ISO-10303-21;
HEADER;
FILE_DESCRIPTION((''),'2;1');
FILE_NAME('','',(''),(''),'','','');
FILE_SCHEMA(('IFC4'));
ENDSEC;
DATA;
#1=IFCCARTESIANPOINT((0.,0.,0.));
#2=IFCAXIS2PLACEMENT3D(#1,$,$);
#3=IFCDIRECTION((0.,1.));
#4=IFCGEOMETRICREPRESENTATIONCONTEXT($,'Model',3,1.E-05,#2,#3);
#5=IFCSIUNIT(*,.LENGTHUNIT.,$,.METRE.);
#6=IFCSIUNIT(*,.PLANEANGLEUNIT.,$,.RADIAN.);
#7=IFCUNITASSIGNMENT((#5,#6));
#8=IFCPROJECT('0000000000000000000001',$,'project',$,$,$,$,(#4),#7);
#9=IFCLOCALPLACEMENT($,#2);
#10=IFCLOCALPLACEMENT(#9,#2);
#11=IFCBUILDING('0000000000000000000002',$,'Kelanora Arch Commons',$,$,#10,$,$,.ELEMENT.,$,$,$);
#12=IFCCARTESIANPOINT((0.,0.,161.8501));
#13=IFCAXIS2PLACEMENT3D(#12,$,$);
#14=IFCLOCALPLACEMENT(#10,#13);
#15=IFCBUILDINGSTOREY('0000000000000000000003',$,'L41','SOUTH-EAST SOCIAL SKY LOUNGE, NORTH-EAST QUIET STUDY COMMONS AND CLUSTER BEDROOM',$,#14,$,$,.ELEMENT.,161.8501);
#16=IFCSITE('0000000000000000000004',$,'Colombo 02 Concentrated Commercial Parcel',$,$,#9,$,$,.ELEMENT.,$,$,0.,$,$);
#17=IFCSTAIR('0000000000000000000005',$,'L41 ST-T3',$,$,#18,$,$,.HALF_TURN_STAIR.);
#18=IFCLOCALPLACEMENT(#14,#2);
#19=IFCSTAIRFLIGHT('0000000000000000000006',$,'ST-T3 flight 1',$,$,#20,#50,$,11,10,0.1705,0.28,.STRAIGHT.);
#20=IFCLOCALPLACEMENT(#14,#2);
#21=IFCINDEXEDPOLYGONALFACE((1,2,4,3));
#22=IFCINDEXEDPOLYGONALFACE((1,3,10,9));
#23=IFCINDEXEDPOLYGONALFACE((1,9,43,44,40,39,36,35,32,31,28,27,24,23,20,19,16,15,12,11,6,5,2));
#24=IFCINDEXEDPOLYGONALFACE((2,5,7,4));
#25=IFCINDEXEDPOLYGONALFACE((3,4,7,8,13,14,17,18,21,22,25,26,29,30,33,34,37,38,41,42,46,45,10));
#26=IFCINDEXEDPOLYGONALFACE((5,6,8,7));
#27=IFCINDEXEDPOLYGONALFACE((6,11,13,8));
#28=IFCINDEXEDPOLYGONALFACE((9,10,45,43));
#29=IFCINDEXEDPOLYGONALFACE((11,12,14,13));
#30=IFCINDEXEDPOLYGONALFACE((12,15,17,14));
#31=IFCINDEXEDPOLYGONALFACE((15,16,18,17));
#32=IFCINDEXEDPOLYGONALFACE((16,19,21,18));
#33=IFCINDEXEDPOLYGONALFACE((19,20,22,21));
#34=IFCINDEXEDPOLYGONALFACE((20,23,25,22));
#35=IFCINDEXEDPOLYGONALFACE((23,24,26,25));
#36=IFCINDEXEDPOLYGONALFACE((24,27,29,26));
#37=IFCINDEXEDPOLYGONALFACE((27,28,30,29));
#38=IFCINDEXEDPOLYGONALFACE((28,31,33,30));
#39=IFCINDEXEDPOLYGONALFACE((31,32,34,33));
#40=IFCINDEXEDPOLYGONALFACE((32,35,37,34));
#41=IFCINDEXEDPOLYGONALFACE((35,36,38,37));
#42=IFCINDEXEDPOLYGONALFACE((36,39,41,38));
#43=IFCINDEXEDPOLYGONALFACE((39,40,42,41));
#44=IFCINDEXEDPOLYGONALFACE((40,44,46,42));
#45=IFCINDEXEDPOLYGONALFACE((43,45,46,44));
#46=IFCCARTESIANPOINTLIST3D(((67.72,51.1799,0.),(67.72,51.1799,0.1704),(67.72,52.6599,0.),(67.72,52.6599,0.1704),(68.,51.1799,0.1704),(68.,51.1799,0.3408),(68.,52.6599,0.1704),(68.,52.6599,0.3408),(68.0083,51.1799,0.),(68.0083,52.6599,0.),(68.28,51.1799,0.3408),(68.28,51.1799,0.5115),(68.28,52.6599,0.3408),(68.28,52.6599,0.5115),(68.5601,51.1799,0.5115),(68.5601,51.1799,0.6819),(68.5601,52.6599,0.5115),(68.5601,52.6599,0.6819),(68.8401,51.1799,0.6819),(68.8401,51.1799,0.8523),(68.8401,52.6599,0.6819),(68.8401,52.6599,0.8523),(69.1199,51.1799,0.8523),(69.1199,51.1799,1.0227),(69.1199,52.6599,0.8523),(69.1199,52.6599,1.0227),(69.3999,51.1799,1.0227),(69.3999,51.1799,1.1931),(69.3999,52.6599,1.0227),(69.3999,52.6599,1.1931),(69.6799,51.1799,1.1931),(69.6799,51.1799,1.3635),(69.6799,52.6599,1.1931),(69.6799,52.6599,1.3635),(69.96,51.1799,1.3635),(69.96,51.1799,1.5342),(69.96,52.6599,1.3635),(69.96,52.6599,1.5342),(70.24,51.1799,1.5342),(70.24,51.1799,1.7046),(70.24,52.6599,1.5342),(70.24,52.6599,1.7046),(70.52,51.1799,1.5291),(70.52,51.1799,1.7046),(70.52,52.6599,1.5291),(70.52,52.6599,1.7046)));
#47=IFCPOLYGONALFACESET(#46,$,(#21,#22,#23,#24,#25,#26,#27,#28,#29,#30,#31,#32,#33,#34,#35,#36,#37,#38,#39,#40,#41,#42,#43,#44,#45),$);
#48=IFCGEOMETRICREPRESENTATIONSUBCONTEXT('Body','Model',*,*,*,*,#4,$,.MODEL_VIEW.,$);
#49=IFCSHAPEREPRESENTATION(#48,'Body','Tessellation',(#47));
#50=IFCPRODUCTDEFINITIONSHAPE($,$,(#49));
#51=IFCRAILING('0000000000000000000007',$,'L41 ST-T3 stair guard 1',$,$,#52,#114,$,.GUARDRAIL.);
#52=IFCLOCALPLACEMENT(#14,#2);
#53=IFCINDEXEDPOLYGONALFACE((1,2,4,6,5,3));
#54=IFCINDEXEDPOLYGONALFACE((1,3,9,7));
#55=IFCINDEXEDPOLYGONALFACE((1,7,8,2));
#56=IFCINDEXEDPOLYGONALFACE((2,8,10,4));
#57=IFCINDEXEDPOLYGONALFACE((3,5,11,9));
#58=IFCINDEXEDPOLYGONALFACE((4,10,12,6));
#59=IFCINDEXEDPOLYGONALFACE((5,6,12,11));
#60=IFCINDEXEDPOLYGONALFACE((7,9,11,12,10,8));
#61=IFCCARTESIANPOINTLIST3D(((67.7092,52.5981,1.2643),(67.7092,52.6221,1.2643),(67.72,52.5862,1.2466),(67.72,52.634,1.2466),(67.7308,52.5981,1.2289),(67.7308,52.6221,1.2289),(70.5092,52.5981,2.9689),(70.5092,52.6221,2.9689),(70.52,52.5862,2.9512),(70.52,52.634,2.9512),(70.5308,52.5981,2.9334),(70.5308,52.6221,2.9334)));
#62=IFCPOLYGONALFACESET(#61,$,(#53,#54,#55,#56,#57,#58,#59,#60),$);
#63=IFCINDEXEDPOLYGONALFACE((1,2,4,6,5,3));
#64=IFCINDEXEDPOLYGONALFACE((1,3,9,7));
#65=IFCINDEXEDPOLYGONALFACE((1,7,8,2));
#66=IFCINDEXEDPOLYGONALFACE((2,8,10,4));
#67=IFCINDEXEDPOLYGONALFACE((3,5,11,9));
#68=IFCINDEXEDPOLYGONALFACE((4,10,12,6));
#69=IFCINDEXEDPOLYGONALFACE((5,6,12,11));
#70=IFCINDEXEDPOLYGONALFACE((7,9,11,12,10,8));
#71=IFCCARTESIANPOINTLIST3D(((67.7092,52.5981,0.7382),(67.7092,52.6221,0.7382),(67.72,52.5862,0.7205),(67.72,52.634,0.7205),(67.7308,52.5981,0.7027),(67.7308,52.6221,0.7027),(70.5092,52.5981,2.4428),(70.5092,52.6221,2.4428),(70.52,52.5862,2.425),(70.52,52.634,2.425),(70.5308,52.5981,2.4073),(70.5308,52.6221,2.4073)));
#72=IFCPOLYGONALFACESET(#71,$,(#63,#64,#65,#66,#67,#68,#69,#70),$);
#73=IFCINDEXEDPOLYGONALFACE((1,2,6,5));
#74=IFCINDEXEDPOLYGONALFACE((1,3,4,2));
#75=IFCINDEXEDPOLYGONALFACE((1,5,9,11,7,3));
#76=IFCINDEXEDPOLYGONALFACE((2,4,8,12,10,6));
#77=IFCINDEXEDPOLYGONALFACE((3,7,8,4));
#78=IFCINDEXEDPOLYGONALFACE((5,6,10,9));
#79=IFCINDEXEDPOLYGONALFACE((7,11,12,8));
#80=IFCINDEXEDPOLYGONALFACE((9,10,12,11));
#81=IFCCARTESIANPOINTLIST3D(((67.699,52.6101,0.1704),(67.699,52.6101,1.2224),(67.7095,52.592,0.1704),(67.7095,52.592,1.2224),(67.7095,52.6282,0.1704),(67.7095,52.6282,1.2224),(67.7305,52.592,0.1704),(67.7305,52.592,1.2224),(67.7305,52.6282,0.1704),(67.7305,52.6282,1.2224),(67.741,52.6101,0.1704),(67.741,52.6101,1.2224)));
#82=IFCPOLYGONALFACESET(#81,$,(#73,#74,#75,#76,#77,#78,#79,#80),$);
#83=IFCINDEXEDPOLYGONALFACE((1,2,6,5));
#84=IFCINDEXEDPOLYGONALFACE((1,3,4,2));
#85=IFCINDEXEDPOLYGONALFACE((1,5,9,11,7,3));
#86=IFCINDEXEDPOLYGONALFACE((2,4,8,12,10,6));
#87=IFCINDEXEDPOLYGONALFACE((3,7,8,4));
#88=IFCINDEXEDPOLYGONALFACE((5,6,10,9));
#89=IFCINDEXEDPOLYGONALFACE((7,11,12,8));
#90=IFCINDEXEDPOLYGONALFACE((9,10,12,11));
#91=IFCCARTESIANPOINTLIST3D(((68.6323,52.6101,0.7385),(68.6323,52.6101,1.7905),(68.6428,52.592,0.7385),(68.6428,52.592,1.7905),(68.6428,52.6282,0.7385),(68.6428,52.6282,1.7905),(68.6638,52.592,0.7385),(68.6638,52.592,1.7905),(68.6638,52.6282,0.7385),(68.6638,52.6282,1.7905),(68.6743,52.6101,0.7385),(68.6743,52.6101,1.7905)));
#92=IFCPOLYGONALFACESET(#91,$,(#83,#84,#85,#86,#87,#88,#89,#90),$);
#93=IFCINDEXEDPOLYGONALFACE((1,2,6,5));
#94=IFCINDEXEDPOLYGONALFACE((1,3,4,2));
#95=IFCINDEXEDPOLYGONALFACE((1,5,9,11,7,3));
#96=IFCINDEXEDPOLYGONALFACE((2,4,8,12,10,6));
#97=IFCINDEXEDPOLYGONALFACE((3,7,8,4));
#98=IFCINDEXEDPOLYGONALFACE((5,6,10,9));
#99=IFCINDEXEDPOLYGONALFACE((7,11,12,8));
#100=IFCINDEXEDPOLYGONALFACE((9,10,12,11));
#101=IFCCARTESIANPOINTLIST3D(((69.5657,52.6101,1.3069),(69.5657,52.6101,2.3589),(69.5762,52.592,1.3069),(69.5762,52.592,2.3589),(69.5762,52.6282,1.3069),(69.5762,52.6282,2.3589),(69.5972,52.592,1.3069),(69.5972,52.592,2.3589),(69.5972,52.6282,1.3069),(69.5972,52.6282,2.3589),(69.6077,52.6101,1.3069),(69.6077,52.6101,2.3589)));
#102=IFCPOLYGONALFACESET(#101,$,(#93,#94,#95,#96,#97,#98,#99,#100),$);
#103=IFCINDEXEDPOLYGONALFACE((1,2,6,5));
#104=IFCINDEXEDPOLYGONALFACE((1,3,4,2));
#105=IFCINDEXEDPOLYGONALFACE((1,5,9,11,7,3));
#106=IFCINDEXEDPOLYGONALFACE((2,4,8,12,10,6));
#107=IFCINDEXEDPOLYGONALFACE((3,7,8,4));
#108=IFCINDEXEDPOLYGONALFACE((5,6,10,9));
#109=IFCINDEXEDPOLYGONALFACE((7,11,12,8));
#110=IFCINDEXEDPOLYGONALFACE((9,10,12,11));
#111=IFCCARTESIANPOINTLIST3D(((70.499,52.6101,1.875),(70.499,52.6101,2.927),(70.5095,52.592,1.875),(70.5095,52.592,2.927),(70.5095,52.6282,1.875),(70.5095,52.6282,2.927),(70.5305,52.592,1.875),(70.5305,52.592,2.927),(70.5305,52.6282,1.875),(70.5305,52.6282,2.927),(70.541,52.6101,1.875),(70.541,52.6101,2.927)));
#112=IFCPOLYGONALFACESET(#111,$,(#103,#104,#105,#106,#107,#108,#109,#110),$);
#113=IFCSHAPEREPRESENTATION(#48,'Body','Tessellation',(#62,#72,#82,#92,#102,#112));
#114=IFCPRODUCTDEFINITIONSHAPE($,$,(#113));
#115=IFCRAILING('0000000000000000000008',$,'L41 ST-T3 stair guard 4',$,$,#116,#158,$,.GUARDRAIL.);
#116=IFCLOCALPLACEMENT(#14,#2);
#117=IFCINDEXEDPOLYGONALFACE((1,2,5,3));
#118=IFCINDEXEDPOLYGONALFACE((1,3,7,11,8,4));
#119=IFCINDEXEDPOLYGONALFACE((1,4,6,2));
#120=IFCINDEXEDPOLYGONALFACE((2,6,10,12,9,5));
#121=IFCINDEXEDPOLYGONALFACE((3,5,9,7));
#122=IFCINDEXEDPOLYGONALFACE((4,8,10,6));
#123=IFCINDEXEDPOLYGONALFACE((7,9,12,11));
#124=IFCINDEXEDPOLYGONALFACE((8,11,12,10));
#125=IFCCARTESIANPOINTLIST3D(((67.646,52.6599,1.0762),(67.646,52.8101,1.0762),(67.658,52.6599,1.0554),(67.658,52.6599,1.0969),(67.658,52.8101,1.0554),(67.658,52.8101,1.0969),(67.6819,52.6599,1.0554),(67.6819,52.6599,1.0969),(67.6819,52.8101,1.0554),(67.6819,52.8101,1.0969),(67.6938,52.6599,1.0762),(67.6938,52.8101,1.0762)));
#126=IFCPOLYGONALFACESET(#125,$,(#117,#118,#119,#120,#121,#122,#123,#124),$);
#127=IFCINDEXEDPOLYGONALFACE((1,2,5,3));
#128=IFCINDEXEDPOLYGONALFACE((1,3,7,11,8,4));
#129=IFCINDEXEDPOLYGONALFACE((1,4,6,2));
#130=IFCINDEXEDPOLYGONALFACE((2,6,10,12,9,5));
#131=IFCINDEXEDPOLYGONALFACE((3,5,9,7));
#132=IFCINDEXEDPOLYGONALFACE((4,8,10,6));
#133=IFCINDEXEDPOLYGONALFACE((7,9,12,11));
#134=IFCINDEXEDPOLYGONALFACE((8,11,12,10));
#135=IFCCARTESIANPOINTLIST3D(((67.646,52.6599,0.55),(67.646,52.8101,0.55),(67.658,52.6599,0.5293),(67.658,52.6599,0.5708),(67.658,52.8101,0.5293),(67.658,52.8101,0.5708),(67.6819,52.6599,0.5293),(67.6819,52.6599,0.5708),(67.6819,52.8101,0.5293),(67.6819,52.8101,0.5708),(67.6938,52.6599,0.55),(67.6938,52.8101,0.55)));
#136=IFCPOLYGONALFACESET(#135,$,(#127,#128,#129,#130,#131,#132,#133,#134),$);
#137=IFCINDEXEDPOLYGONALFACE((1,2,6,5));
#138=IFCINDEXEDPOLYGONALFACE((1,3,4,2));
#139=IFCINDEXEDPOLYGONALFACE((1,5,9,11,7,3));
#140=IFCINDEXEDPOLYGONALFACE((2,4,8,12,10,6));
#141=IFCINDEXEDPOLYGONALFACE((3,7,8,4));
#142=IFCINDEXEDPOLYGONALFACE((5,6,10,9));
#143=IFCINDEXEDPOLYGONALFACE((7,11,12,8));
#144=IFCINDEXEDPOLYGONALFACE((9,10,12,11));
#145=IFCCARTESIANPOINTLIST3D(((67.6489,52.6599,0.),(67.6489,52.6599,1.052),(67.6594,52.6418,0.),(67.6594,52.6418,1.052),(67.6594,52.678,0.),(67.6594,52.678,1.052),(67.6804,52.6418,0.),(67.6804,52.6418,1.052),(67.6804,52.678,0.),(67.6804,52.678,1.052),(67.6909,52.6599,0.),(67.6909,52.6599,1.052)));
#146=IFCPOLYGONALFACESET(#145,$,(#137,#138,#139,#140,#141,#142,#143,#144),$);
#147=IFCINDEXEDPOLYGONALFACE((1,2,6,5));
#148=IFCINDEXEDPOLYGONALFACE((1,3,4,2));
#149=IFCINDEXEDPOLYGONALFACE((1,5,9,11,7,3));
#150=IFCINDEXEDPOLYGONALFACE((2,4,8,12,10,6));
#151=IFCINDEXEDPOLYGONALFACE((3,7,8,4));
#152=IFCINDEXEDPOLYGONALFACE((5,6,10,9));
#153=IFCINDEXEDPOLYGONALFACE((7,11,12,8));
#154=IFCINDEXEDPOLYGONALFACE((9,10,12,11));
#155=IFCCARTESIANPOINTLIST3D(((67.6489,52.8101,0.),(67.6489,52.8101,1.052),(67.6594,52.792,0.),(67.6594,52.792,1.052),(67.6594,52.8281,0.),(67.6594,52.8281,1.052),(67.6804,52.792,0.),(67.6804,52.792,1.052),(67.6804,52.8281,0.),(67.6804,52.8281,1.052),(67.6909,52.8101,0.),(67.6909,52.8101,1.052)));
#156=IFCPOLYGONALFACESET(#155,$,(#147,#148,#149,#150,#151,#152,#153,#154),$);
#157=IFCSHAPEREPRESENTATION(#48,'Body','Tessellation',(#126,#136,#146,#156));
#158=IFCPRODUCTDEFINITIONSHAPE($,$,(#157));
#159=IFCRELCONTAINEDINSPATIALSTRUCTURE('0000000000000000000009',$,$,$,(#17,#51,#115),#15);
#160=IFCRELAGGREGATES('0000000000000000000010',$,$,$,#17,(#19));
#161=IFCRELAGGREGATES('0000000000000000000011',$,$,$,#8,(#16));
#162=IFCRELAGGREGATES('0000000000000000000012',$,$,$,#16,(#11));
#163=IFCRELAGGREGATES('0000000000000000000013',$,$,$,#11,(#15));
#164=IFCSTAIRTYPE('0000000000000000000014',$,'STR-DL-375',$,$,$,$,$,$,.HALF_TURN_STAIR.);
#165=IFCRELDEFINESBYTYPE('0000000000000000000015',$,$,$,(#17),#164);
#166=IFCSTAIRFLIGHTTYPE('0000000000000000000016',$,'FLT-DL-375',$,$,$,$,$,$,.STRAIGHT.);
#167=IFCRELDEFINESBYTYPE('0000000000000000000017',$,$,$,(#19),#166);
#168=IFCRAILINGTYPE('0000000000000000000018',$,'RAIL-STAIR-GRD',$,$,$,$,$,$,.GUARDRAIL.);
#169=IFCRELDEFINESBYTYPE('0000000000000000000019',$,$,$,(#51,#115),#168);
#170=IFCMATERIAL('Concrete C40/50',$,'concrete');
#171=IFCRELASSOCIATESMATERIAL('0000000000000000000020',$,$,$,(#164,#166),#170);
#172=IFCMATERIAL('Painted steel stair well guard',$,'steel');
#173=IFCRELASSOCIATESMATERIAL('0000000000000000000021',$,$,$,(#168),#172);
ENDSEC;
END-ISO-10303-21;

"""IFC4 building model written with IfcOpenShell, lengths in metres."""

from ifc_helpers import new_model, si_unit, direction, frame, origin, place, context, subcontext, project, spatial, polyline, outline, extrude, material, type_object, element, aggregate, save


model = new_model("IFC4")

# Units and contexts
model_context = context("Model", 3, precision=1e-05, world=origin(), true_north=direction((0.0, 1.0)))
body_context = subcontext(model_context, "Body", "Model", "MODEL_VIEW")
ifc_project = project(units=[si_unit("LENGTHUNIT", "METRE"), si_unit("PLANEANGLEUNIT", "RADIAN")], contexts=[model_context])

# Site, building, storey
site_placement = place(None, origin())
site = spatial("IfcSite", under=ifc_project, at=site_placement, Name="Colombo 02 Concentrated Commercial Parcel", CompositionType="ELEMENT", RefElevation=0.0)
building_placement = place(site_placement, origin())
building = spatial("IfcBuilding", under=site, at=building_placement, Name="Kelanora Arch Commons", CompositionType="ELEMENT")
storey_placement = place(building_placement, frame((0.0, 0.0, 161.8501)))
storey = spatial("IfcBuildingStorey", under=building, at=storey_placement, Name="L41", Description="SOUTH-EAST SOCIAL SKY LOUNGE, NORTH-EAST QUIET STUDY COMMONS AND CLUSTER BEDROOM", CompositionType="ELEMENT", Elevation=161.8501)

# Shared definitions
ifc_material_1 = material(Name="Concrete C40/50", Category="concrete")

# Stair, stair flight
stair_type = type_object("IfcStairType", Name="STR-DL-375", PredefinedType="HALF_TURN_STAIR", material=ifc_material_1)
stair_placement = place(storey_placement, origin())
stair = element("IfcStair", 1, at=stair_placement, inside=storey, type_object=stair_type, Name="L41 ST-T3", PredefinedType="HALF_TURN_STAIR")
stair_flight_type = type_object("IfcStairFlightType", Name="FLT-DL-375", PredefinedType="STRAIGHT", material=ifc_material_1)
stair_flight_placement = place(storey_placement, frame((67.72, 51.9199, 0.0), z_axis=(0.0, 0.0, 1.0), x_axis=(1.0, 0.0, 0.0)))
stair_flight = element("IfcStairFlight", 2, at=stair_flight_placement, type_object=stair_flight_type, Name="ST-T3 flight 1", NumberOfRisers=11, NumberOfTreads=10, PredefinedType="STRAIGHT", RiserHeight=0.1705, TreadLength=0.28, context=body_context, shape_type="SweptSolid", body=[
    extrude(outline(polyline([(0.0, 0.0), (0.0, 0.1704), (0.28, 0.1704), (0.28, 0.3408), (0.5601, 0.3408), (0.5601, 0.5115), (0.8401, 0.5115), (0.8401, 0.6819), (1.1201, 0.6819), (1.1201, 0.8523), (1.3999, 0.8523), (1.3999, 1.0227), (1.6799, 1.0227), (1.6799, 1.1931), (1.96, 1.1931), (1.96, 1.3635), (2.24, 1.3635), (2.24, 1.5342), (2.52, 1.5342), (2.52, 1.7046), (2.8, 1.7046), (2.8, 1.875), (2.8, 1.5291), (0.2883, 0.0), (0.0, 0.0)])), frame((0.0, 0.74, 0.0), z_axis=(0.0, -1.0, 0.0), x_axis=(1.0, 0.0, 0.0)), (0.0, 0.0, 1.0), 1.48),
])
aggregate(stair, [stair_flight])

# Railings
ifc_material_2 = material(Name="Painted steel stair well guard", Category="steel")
railing_type_1 = type_object("IfcRailingType", Name="RAIL-STAIR-GRD", PredefinedType="GUARDRAIL", material=ifc_material_2)
railing_1_placement = place(storey_placement, frame((67.72, 52.6101, 0.1704)))
element("IfcRailing", 3, at=railing_1_placement, inside=storey, type_object=railing_type_1, Name="L41 ST-T3 stair guard 1", PredefinedType="GUARDRAIL", context=body_context, shape_type="SweptSolid", body=[
    extrude(outline(polyline([(0.0239, 0.0), (0.012, 0.0208), (-0.012, 0.0208), (-0.0239, 0.0), (-0.012, -0.0208), (0.012, -0.0208), (0.0239, 0.0)])), frame((0.0, 0.0, 1.0762), z_axis=(0.85417, 0.0, 0.519994), x_axis=(0.0, 1.0, 0.0)), (0.0, 0.0, 1.0), 3.2781),
    extrude(outline(polyline([(0.0239, 0.0), (0.012, 0.0208), (-0.012, 0.0208), (-0.0239, 0.0), (-0.012, -0.0208), (0.012, -0.0208), (0.0239, 0.0)])), frame((0.0, 0.0, 0.55), z_axis=(0.85417, 0.0, 0.519994), x_axis=(0.0, 1.0, 0.0)), (0.0, 0.0, 1.0), 3.2781),
    extrude(outline(polyline([(0.021, 0.0), (0.0105, 0.0181), (-0.0105, 0.0181), (-0.021, 0.0), (-0.0105, -0.0181), (0.0105, -0.0181), (0.021, 0.0)])), origin(), (0.0, 0.0, 1.0), 1.052),
    extrude(outline(polyline([(0.021, 0.0), (0.0105, 0.0181), (-0.0105, 0.0181), (-0.021, 0.0), (-0.0105, -0.0181), (0.0105, -0.0181), (0.021, 0.0)])), frame((0.9333, 0.0, 0.5681)), (0.0, 0.0, 1.0), 1.052),
    extrude(outline(polyline([(0.021, 0.0), (0.0105, 0.0181), (-0.0105, 0.0181), (-0.021, 0.0), (-0.0105, -0.0181), (0.0105, -0.0181), (0.021, 0.0)])), frame((1.8667, 0.0, 1.1365)), (0.0, 0.0, 1.0), 1.052),
    extrude(outline(polyline([(0.021, 0.0), (0.0105, 0.0181), (-0.0105, 0.0181), (-0.021, 0.0), (-0.0105, -0.0181), (0.0105, -0.0181), (0.021, 0.0)])), frame((2.8, 0.0, 1.7046)), (0.0, 0.0, 1.0), 1.052),
])
railing_2_placement = place(storey_placement, frame((67.6699, 52.6599, 0.0)))
element("IfcRailing", 4, at=railing_2_placement, inside=storey, type_object=railing_type_1, Name="L41 ST-T3 stair guard 4", PredefinedType="GUARDRAIL", context=body_context, shape_type="SweptSolid", body=[
    extrude(outline(polyline([(0.0239, 0.0), (0.012, 0.0208), (-0.012, 0.0208), (-0.0239, 0.0), (-0.012, -0.0208), (0.012, -0.0208), (0.0239, 0.0)])), frame((0.0, 0.0, 1.0762), z_axis=(0.0, 1.0, 0.0), x_axis=(-1.0, 0.0, 0.0)), (0.0, 0.0, 1.0), 0.1501),
    extrude(outline(polyline([(0.0239, 0.0), (0.012, 0.0208), (-0.012, 0.0208), (-0.0239, 0.0), (-0.012, -0.0208), (0.012, -0.0208), (0.0239, 0.0)])), frame((0.0, 0.0, 0.55), z_axis=(0.0, 1.0, 0.0), x_axis=(-1.0, 0.0, 0.0)), (0.0, 0.0, 1.0), 0.1501),
    extrude(outline(polyline([(0.021, 0.0), (0.0105, 0.0181), (-0.0105, 0.0181), (-0.021, 0.0), (-0.0105, -0.0181), (0.0105, -0.0181), (0.021, 0.0)])), origin(), (0.0, 0.0, 1.0), 1.052),
    extrude(outline(polyline([(0.021, 0.0), (0.0105, 0.0181), (-0.0105, 0.0181), (-0.021, 0.0), (-0.0105, -0.0181), (0.0105, -0.0181), (0.021, 0.0)])), frame((0.0, 0.1501, 0.0)), (0.0, 0.0, 1.0), 1.052),
])

save(model, "model.ifc")
